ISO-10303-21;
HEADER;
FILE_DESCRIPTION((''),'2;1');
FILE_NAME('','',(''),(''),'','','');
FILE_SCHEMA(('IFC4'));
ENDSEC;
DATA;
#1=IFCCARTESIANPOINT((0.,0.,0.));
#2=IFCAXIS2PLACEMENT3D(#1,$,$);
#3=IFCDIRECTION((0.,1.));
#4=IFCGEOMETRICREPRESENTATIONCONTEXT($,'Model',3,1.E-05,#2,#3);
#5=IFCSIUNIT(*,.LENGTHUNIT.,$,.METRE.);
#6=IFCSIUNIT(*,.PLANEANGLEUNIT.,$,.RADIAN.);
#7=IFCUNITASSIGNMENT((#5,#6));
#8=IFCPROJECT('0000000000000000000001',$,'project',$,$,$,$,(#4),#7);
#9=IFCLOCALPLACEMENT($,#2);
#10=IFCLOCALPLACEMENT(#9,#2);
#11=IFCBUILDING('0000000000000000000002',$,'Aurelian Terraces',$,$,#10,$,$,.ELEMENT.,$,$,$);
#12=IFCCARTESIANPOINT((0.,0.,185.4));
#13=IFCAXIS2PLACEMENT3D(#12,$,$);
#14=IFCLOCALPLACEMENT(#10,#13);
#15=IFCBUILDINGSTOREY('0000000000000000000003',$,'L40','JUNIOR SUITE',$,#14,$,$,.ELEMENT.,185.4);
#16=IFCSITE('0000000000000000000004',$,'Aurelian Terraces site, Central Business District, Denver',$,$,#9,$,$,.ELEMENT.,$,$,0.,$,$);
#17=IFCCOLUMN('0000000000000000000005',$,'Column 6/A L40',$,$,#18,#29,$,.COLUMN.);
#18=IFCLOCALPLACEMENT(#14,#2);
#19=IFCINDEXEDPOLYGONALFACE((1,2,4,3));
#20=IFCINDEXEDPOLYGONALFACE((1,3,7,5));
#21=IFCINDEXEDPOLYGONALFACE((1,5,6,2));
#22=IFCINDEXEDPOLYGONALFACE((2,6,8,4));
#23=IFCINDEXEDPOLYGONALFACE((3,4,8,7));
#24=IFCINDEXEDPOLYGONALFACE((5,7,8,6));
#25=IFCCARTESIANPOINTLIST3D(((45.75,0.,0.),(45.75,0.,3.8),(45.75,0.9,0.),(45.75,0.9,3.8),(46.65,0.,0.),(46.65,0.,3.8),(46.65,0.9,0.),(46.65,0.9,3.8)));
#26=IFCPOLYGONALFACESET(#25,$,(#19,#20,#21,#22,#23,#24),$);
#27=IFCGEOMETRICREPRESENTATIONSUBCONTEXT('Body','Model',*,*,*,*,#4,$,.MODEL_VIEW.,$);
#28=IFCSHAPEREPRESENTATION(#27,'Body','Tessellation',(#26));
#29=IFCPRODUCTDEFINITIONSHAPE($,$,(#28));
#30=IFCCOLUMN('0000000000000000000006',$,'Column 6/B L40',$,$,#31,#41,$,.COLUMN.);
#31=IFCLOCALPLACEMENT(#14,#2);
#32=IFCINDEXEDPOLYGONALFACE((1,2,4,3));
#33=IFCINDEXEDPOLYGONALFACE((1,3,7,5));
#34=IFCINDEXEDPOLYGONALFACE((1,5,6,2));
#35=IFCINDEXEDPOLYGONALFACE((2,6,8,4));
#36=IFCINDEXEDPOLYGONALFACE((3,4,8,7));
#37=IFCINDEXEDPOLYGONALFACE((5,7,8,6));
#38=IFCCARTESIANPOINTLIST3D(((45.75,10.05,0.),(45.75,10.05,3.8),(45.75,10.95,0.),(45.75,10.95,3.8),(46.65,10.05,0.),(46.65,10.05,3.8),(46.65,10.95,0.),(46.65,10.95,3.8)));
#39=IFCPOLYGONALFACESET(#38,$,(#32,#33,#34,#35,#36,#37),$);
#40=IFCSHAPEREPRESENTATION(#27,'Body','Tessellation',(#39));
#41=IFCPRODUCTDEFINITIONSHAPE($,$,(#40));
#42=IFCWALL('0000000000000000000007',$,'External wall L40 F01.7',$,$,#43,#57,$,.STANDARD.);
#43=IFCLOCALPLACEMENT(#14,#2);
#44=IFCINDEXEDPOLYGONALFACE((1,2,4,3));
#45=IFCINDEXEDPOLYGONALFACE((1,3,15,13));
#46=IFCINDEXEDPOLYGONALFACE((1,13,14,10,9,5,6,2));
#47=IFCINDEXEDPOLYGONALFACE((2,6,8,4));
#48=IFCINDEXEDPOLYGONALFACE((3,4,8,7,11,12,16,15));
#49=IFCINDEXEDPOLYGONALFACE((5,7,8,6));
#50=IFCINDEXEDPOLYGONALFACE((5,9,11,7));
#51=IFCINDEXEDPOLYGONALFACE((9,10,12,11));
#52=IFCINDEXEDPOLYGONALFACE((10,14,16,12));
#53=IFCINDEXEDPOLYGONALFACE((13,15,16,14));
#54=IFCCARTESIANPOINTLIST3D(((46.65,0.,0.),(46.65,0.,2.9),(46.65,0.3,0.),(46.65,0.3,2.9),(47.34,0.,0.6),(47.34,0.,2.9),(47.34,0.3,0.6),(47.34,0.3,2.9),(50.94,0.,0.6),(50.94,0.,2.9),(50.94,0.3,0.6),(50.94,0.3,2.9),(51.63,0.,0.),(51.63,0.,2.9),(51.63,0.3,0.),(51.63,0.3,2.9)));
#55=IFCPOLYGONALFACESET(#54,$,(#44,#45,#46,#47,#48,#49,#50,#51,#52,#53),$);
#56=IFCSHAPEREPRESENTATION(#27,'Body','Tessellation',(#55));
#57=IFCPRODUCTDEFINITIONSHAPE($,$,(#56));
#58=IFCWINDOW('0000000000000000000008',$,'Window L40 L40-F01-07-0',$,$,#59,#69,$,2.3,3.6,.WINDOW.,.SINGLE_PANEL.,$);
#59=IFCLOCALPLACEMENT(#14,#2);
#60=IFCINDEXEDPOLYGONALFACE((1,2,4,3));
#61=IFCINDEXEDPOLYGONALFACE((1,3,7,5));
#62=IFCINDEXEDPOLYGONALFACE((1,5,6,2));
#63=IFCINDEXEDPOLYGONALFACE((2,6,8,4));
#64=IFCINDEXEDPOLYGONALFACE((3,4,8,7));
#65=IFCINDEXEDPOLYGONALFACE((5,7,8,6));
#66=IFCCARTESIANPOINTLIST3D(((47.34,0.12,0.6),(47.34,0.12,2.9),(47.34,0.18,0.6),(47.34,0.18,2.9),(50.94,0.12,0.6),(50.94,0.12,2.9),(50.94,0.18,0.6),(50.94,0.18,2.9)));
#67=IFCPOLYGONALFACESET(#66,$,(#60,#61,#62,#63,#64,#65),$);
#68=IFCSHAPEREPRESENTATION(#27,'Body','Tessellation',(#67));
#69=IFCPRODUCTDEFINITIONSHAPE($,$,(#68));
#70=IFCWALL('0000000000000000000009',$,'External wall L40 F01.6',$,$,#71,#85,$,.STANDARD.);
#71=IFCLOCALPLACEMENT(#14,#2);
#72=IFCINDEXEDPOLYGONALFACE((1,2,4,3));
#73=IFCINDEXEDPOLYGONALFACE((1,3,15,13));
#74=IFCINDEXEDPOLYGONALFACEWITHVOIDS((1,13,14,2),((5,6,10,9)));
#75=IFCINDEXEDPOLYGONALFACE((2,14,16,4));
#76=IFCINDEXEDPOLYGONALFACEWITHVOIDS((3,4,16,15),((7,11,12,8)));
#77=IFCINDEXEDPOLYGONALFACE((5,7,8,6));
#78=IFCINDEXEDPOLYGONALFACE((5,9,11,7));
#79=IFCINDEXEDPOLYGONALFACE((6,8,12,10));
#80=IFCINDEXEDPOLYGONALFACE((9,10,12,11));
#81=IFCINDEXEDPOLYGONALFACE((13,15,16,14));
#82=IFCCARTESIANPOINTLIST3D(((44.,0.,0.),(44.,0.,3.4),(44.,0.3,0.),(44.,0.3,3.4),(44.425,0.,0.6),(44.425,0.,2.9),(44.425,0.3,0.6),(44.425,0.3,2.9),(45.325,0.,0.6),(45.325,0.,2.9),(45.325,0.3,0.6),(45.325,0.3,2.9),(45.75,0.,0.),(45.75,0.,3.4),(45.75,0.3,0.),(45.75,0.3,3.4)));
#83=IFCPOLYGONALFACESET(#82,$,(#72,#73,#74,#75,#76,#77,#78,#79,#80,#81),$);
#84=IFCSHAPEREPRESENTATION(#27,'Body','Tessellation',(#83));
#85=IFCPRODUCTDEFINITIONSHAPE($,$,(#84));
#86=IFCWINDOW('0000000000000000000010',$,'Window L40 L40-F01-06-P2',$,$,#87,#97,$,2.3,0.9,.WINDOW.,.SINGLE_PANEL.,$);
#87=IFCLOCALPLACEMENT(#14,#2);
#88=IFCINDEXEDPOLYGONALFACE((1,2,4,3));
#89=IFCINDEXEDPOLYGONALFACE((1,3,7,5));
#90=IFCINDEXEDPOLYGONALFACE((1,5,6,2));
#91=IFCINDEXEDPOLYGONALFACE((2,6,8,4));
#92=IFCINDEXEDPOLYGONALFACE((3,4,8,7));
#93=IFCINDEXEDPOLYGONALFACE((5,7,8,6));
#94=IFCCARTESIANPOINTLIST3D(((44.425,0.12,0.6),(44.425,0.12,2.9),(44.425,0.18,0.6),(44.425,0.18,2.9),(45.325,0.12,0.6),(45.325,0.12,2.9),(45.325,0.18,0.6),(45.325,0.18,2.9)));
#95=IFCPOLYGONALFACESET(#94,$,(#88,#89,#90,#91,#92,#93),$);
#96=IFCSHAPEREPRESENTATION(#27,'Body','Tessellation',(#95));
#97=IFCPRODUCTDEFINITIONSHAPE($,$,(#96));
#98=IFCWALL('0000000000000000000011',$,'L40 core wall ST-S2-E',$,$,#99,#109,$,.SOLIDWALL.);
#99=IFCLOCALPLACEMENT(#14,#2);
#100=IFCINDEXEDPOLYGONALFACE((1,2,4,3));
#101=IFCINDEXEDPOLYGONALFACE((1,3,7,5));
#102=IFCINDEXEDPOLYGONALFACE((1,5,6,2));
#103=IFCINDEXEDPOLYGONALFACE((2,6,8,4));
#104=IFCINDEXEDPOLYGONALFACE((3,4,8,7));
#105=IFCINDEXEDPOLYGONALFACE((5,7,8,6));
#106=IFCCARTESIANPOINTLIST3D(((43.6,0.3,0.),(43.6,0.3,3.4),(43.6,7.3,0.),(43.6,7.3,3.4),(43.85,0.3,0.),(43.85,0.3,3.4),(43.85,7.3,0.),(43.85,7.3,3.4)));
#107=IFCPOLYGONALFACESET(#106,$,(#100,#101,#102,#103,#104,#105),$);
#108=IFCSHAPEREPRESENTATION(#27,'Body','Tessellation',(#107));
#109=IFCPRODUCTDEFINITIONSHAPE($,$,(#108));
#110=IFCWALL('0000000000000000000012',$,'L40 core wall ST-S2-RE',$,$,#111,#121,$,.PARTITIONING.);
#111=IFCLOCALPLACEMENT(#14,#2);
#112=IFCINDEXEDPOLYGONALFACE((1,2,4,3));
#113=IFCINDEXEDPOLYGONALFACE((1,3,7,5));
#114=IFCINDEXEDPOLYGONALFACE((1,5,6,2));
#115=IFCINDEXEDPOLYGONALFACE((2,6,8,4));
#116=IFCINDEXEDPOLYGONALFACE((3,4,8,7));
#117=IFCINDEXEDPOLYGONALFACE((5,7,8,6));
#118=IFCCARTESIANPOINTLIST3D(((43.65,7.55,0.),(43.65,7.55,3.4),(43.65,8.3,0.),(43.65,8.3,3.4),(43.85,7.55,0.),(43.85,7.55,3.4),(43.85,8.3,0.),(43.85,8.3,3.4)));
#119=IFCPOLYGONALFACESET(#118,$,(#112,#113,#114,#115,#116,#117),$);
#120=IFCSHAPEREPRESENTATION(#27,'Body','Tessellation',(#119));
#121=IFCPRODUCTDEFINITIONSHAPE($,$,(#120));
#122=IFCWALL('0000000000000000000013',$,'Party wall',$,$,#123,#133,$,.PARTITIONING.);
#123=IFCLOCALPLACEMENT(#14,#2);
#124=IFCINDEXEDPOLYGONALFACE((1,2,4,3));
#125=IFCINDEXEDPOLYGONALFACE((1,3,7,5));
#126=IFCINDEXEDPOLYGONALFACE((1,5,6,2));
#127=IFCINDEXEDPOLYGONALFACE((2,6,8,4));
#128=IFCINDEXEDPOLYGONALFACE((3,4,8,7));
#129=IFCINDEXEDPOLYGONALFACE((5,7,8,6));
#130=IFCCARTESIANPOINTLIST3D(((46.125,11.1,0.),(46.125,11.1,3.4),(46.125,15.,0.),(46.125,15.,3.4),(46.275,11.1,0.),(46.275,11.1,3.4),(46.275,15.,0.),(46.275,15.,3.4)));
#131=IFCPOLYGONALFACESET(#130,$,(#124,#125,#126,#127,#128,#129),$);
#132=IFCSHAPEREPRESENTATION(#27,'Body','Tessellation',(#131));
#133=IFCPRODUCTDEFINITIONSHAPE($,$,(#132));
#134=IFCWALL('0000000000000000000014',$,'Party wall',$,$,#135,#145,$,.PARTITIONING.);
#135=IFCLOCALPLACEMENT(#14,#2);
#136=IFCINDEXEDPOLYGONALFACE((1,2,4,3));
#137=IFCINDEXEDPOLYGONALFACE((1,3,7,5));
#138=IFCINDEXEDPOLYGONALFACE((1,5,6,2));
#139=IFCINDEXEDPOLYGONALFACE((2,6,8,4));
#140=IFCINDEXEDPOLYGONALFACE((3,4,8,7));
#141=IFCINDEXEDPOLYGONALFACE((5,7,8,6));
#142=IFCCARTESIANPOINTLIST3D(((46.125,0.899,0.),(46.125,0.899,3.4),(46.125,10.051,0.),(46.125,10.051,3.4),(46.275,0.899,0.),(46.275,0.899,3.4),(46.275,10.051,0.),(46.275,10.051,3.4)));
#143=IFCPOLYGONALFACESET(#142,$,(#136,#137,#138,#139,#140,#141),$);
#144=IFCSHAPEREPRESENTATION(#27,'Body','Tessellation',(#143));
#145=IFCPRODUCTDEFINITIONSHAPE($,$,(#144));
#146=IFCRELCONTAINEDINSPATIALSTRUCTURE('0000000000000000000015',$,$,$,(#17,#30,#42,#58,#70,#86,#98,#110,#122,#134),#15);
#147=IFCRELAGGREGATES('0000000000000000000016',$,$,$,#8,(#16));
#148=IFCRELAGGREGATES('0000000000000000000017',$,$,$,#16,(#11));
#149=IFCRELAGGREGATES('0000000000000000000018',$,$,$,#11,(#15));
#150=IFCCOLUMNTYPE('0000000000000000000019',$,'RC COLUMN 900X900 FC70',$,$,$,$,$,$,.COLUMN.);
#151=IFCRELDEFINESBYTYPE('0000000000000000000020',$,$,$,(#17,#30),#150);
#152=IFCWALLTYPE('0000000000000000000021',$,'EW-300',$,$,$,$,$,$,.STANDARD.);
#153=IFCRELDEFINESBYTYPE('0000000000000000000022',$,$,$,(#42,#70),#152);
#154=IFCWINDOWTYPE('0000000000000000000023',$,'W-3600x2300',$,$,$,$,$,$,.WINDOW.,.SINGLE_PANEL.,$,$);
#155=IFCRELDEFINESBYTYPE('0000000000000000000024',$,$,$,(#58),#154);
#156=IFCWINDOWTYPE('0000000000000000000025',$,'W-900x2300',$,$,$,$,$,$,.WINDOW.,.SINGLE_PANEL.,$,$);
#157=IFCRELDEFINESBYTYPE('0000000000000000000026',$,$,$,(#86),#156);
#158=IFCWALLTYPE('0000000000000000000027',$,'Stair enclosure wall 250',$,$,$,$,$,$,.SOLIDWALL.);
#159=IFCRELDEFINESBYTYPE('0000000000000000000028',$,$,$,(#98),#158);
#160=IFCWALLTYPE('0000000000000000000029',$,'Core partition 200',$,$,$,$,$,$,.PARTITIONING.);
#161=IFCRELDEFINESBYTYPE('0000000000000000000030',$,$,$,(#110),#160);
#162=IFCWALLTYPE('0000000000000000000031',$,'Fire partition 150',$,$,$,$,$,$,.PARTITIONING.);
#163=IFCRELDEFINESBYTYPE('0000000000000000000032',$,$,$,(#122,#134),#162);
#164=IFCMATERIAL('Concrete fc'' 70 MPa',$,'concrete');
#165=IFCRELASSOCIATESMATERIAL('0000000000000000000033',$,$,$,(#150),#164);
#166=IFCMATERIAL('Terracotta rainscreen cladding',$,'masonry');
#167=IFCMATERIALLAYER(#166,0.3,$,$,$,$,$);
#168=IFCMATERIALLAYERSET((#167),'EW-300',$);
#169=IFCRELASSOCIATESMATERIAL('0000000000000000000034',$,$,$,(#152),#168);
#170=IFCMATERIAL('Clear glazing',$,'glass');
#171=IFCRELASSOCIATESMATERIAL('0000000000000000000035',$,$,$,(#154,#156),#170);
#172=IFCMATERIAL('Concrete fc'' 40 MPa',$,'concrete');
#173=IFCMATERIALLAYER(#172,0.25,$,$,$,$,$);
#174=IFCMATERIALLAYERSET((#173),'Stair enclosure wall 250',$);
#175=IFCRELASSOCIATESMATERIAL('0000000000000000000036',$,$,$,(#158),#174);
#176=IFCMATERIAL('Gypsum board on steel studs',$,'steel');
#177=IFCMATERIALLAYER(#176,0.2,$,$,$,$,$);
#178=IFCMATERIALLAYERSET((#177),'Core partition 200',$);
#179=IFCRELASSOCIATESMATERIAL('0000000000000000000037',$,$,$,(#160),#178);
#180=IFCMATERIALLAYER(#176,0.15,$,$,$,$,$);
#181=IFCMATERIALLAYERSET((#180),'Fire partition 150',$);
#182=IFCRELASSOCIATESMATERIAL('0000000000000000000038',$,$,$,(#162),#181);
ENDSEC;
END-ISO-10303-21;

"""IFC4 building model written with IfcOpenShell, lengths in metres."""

from ifc_helpers import new_model, si_unit, direction, frame, frame_2d, origin, origin_2d, place, context, subcontext, project, spatial, rectangle, extrude, source, transform, mapped, material, layer, layer_set, material_profile, profile_set, type_object, element, fill, save


model = new_model("IFC4")

# Units and contexts
model_context = context("Model", 3, precision=1e-05, world=origin(), true_north=direction((0.0, 1.0)))
body_context = subcontext(model_context, "Body", "Model", "MODEL_VIEW")
ifc_project = project(units=[si_unit("LENGTHUNIT", "METRE"), si_unit("PLANEANGLEUNIT", "RADIAN")], contexts=[model_context])

# Site, building, storey
site_placement = place(None, origin())
site = spatial("IfcSite", under=ifc_project, at=site_placement, Name="Aurelian Terraces site, Central Business District, Denver", CompositionType="ELEMENT", RefElevation=0.0)
building_placement = place(site_placement, origin())
building = spatial("IfcBuilding", under=site, at=building_placement, Name="Aurelian Terraces", CompositionType="ELEMENT")
storey_placement = place(building_placement, frame((0.0, 0.0, 185.4)))
storey = spatial("IfcBuildingStorey", under=building, at=storey_placement, Name="L40", Description="JUNIOR SUITE", CompositionType="ELEMENT", Elevation=185.4)

# Columns
ifc_material_1 = material(Name="Concrete fc' 70 MPa", Category="concrete")
ifc_material_profile = material_profile(ifc_material_1, rectangle(XDim=0.9, YDim=0.9, at=origin_2d()))
ifc_profile_set = profile_set([ifc_material_profile], Name="Concrete fc' 70 MPa")
column_type = type_object("IfcColumnType", Name="RC COLUMN 900X900 FC70", PredefinedType="COLUMN", material=ifc_profile_set)
shared_shape_1 = source(origin(), body_context, "Body", "SweptSolid", [
    extrude(rectangle(XDim=0.9, YDim=0.9, at=origin_2d()), origin(), (0.0, 0.0, 1.0), 3.8),
])
for number, where, z_axis, x_axis, name in (
    (1, (46.2, 0.45, 0.0), (0.0, 0.0, 1.0), (1.0, 0.0, 0.0), "Column 6/A L40"),
    (2, (46.2, 10.5, 0.0), (0.0, 0.0, 1.0), (1.0, 0.0, 0.0), "Column 6/B L40"),
):
    element("IfcColumn", number, at=place(storey_placement, frame(where, z_axis=z_axis, x_axis=x_axis)), inside=storey, type_object=column_type, Name=name, PredefinedType="COLUMN", context=body_context, shape_type="MappedRepresentation", body=[
        mapped(shared_shape_1, transform((0.0, 0.0, 0.0), scale=1.0)),
    ])

# Walls, openings, windows
ifc_material_2 = material(Name="Terracotta rainscreen cladding", Category="masonry")
ifc_layer_1 = layer(ifc_material_2, 0.3)
ifc_layer_set_1 = layer_set([ifc_layer_1], Name="EW-300")
wall_type_1 = type_object("IfcWallType", Name="EW-300", PredefinedType="STANDARD", material=ifc_layer_set_1)
wall_1_placement = place(storey_placement, frame((46.65, 0.15, 0.0), z_axis=(0.0, 0.0, 1.0), x_axis=(1.0, 0.0, 0.0)))
wall_1 = element("IfcWall", 3, at=wall_1_placement, inside=storey, type_object=wall_type_1, Name="External wall L40 F01.7", PredefinedType="STANDARD", context=body_context, shape_type="SweptSolid", body=[
    extrude(rectangle(XDim=4.98, YDim=0.3, at=frame_2d((2.49, 0.0))), origin(), (0.0, 0.0, 1.0), 2.9),
])
shared_shape_2 = source(origin(), body_context, "Body", "SweptSolid", [
    extrude(rectangle(XDim=3.6, YDim=2.3, at=frame_2d((1.8, 1.15))), frame((0.0, 0.16, 0.0), z_axis=(0.0, -1.0, 0.0), x_axis=(1.0, 0.0, 0.0)), (0.0, 0.0, 1.0), 0.32),
])
opening_1_placement = place(wall_1_placement, frame((0.69, 0.0, 0.6)))
opening_1 = element("IfcOpeningElement", 4, at=opening_1_placement, cuts=wall_1, PredefinedType="OPENING", context=body_context, shape_type="MappedRepresentation", body=[
    mapped(shared_shape_2, transform((0.0, 0.0, 0.0), scale=1.0)),
])
ifc_material_3 = material(Name="Clear glazing", Category="glass")
window_type_1 = type_object("IfcWindowType", Name="W-3600x2300", PartitioningType="SINGLE_PANEL", PredefinedType="WINDOW", material=ifc_material_3)
shared_shape_3 = source(origin(), body_context, "Body", "SweptSolid", [
    extrude(rectangle(XDim=3.6, YDim=2.3, at=frame_2d((1.8, 1.15))), frame((0.0, 0.03, 0.0), z_axis=(0.0, -1.0, 0.0), x_axis=(1.0, 0.0, 0.0)), (0.0, 0.0, 1.0), 0.06),
])
window_1_placement = place(opening_1_placement, origin())
window_1 = element("IfcWindow", 5, at=window_1_placement, inside=storey, type_object=window_type_1, Name="Window L40 L40-F01-07-0", OverallHeight=2.3, OverallWidth=3.6, PartitioningType="SINGLE_PANEL", PredefinedType="WINDOW", context=body_context, shape_type="MappedRepresentation", body=[
    mapped(shared_shape_3, transform((0.0, 0.0, 0.0), scale=1.0)),
])
fill(opening_1, window_1)
shared_shape_4 = source(origin(), body_context, "Body", "SweptSolid", [
    extrude(rectangle(XDim=1.75, YDim=0.3, at=frame_2d((0.875, 0.0))), origin(), (0.0, 0.0, 1.0), 3.4),
])
wall_2_placement = place(storey_placement, frame((44.0, 0.15, 0.0), z_axis=(0.0, 0.0, 1.0), x_axis=(1.0, 0.0, 0.0)))
wall_2 = element("IfcWall", 6, at=wall_2_placement, inside=storey, type_object=wall_type_1, Name="External wall L40 F01.6", PredefinedType="STANDARD", context=body_context, shape_type="MappedRepresentation", body=[
    mapped(shared_shape_4, transform((0.0, 0.0, 0.0), scale=1.0)),
])
shared_shape_5 = source(origin(), body_context, "Body", "SweptSolid", [
    extrude(rectangle(XDim=0.9, YDim=2.3, at=frame_2d((0.45, 1.15))), frame((0.0, 0.16, 0.0), z_axis=(0.0, -1.0, 0.0), x_axis=(1.0, 0.0, 0.0)), (0.0, 0.0, 1.0), 0.32),
])
opening_2_placement = place(wall_2_placement, frame((0.425, 0.0, 0.6)))
opening_2 = element("IfcOpeningElement", 7, at=opening_2_placement, cuts=wall_2, PredefinedType="OPENING", context=body_context, shape_type="MappedRepresentation", body=[
    mapped(shared_shape_5, transform((0.0, 0.0, 0.0), scale=1.0)),
])
window_type_2 = type_object("IfcWindowType", Name="W-900x2300", PartitioningType="SINGLE_PANEL", PredefinedType="WINDOW", material=ifc_material_3)
shared_shape_6 = source(origin(), body_context, "Body", "SweptSolid", [
    extrude(rectangle(XDim=0.9, YDim=2.3, at=frame_2d((0.45, 1.15))), frame((0.0, 0.03, 0.0), z_axis=(0.0, -1.0, 0.0), x_axis=(1.0, 0.0, 0.0)), (0.0, 0.0, 1.0), 0.06),
])
window_2_placement = place(opening_2_placement, origin())
window_2 = element("IfcWindow", 8, at=window_2_placement, inside=storey, type_object=window_type_2, Name="Window L40 L40-F01-06-P2", OverallHeight=2.3, OverallWidth=0.9, PartitioningType="SINGLE_PANEL", PredefinedType="WINDOW", context=body_context, shape_type="MappedRepresentation", body=[
    mapped(shared_shape_6, transform((0.0, 0.0, 0.0), scale=1.0)),
])
fill(opening_2, window_2)

# Walls
ifc_material_4 = material(Name="Concrete fc' 40 MPa", Category="concrete")
ifc_layer_2 = layer(ifc_material_4, 0.25)
ifc_layer_set_2 = layer_set([ifc_layer_2], Name="Stair enclosure wall 250")
wall_type_2 = type_object("IfcWallType", Name="Stair enclosure wall 250", PredefinedType="SOLIDWALL", material=ifc_layer_set_2)
shared_shape_7 = source(origin(), body_context, "Body", "SweptSolid", [
    extrude(rectangle(XDim=7.0, YDim=0.25, at=frame_2d((3.5, 0.0))), origin(), (0.0, 0.0, 1.0), 3.4),
])
wall_3_placement = place(storey_placement, frame((43.725, 0.3, 0.0), z_axis=(0.0, 0.0, 1.0), x_axis=(0.0, 1.0, 0.0)))
element("IfcWall", 9, at=wall_3_placement, inside=storey, type_object=wall_type_2, Name="L40 core wall ST-S2-E", PredefinedType="SOLIDWALL", context=body_context, shape_type="MappedRepresentation", body=[
    mapped(shared_shape_7, transform((0.0, 0.0, 0.0), scale=1.0)),
])
ifc_material_5 = material(Name="Gypsum board on steel studs", Category="steel")
ifc_layer_3 = layer(ifc_material_5, 0.2)
ifc_layer_set_3 = layer_set([ifc_layer_3], Name="Core partition 200")
wall_type_3 = type_object("IfcWallType", Name="Core partition 200", PredefinedType="PARTITIONING", material=ifc_layer_set_3)
shared_shape_8 = source(origin(), body_context, "Body", "SweptSolid", [
    extrude(rectangle(XDim=0.75, YDim=0.2, at=frame_2d((0.375, 0.0))), origin(), (0.0, 0.0, 1.0), 3.4),
])
wall_4_placement = place(storey_placement, frame((43.75, 7.55, 0.0), z_axis=(0.0, 0.0, 1.0), x_axis=(0.0, 1.0, 0.0)))
element("IfcWall", 10, at=wall_4_placement, inside=storey, type_object=wall_type_3, Name="L40 core wall ST-S2-RE", PredefinedType="PARTITIONING", context=body_context, shape_type="MappedRepresentation", body=[
    mapped(shared_shape_8, transform((0.0, 0.0, 0.0), scale=1.0)),
])
ifc_layer_4 = layer(ifc_material_5, 0.15)
ifc_layer_set_4 = layer_set([ifc_layer_4], Name="Fire partition 150")
wall_type_4 = type_object("IfcWallType", Name="Fire partition 150", PredefinedType="PARTITIONING", material=ifc_layer_set_4)
shared_shape_9 = source(origin(), body_context, "Body", "SweptSolid", [
    extrude(rectangle(XDim=3.9, YDim=0.15, at=frame_2d((1.95, 0.0))), origin(), (0.0, 0.0, 1.0), 3.4),
])
wall_5_placement = place(storey_placement, frame((46.2, 11.1, 0.0), z_axis=(0.0, 0.0, 1.0), x_axis=(0.0, 1.0, 0.0)))
element("IfcWall", 11, at=wall_5_placement, inside=storey, type_object=wall_type_4, Name="Party wall", PredefinedType="PARTITIONING", context=body_context, shape_type="MappedRepresentation", body=[
    mapped(shared_shape_9, transform((0.0, 0.0, 0.0), scale=1.0)),
])
shared_shape_10 = source(origin(), body_context, "Body", "SweptSolid", [
    extrude(rectangle(XDim=9.152, YDim=0.15, at=frame_2d((4.576, 0.0))), origin(), (0.0, 0.0, 1.0), 3.4),
])
wall_6_placement = place(storey_placement, frame((46.2, 0.899, 0.0), z_axis=(0.0, 0.0, 1.0), x_axis=(0.0, 1.0, 0.0)))
element("IfcWall", 12, at=wall_6_placement, inside=storey, type_object=wall_type_4, Name="Party wall", PredefinedType="PARTITIONING", context=body_context, shape_type="MappedRepresentation", body=[
    mapped(shared_shape_10, transform((0.0, 0.0, 0.0), scale=1.0)),
])

save(model, "model.ifc")
